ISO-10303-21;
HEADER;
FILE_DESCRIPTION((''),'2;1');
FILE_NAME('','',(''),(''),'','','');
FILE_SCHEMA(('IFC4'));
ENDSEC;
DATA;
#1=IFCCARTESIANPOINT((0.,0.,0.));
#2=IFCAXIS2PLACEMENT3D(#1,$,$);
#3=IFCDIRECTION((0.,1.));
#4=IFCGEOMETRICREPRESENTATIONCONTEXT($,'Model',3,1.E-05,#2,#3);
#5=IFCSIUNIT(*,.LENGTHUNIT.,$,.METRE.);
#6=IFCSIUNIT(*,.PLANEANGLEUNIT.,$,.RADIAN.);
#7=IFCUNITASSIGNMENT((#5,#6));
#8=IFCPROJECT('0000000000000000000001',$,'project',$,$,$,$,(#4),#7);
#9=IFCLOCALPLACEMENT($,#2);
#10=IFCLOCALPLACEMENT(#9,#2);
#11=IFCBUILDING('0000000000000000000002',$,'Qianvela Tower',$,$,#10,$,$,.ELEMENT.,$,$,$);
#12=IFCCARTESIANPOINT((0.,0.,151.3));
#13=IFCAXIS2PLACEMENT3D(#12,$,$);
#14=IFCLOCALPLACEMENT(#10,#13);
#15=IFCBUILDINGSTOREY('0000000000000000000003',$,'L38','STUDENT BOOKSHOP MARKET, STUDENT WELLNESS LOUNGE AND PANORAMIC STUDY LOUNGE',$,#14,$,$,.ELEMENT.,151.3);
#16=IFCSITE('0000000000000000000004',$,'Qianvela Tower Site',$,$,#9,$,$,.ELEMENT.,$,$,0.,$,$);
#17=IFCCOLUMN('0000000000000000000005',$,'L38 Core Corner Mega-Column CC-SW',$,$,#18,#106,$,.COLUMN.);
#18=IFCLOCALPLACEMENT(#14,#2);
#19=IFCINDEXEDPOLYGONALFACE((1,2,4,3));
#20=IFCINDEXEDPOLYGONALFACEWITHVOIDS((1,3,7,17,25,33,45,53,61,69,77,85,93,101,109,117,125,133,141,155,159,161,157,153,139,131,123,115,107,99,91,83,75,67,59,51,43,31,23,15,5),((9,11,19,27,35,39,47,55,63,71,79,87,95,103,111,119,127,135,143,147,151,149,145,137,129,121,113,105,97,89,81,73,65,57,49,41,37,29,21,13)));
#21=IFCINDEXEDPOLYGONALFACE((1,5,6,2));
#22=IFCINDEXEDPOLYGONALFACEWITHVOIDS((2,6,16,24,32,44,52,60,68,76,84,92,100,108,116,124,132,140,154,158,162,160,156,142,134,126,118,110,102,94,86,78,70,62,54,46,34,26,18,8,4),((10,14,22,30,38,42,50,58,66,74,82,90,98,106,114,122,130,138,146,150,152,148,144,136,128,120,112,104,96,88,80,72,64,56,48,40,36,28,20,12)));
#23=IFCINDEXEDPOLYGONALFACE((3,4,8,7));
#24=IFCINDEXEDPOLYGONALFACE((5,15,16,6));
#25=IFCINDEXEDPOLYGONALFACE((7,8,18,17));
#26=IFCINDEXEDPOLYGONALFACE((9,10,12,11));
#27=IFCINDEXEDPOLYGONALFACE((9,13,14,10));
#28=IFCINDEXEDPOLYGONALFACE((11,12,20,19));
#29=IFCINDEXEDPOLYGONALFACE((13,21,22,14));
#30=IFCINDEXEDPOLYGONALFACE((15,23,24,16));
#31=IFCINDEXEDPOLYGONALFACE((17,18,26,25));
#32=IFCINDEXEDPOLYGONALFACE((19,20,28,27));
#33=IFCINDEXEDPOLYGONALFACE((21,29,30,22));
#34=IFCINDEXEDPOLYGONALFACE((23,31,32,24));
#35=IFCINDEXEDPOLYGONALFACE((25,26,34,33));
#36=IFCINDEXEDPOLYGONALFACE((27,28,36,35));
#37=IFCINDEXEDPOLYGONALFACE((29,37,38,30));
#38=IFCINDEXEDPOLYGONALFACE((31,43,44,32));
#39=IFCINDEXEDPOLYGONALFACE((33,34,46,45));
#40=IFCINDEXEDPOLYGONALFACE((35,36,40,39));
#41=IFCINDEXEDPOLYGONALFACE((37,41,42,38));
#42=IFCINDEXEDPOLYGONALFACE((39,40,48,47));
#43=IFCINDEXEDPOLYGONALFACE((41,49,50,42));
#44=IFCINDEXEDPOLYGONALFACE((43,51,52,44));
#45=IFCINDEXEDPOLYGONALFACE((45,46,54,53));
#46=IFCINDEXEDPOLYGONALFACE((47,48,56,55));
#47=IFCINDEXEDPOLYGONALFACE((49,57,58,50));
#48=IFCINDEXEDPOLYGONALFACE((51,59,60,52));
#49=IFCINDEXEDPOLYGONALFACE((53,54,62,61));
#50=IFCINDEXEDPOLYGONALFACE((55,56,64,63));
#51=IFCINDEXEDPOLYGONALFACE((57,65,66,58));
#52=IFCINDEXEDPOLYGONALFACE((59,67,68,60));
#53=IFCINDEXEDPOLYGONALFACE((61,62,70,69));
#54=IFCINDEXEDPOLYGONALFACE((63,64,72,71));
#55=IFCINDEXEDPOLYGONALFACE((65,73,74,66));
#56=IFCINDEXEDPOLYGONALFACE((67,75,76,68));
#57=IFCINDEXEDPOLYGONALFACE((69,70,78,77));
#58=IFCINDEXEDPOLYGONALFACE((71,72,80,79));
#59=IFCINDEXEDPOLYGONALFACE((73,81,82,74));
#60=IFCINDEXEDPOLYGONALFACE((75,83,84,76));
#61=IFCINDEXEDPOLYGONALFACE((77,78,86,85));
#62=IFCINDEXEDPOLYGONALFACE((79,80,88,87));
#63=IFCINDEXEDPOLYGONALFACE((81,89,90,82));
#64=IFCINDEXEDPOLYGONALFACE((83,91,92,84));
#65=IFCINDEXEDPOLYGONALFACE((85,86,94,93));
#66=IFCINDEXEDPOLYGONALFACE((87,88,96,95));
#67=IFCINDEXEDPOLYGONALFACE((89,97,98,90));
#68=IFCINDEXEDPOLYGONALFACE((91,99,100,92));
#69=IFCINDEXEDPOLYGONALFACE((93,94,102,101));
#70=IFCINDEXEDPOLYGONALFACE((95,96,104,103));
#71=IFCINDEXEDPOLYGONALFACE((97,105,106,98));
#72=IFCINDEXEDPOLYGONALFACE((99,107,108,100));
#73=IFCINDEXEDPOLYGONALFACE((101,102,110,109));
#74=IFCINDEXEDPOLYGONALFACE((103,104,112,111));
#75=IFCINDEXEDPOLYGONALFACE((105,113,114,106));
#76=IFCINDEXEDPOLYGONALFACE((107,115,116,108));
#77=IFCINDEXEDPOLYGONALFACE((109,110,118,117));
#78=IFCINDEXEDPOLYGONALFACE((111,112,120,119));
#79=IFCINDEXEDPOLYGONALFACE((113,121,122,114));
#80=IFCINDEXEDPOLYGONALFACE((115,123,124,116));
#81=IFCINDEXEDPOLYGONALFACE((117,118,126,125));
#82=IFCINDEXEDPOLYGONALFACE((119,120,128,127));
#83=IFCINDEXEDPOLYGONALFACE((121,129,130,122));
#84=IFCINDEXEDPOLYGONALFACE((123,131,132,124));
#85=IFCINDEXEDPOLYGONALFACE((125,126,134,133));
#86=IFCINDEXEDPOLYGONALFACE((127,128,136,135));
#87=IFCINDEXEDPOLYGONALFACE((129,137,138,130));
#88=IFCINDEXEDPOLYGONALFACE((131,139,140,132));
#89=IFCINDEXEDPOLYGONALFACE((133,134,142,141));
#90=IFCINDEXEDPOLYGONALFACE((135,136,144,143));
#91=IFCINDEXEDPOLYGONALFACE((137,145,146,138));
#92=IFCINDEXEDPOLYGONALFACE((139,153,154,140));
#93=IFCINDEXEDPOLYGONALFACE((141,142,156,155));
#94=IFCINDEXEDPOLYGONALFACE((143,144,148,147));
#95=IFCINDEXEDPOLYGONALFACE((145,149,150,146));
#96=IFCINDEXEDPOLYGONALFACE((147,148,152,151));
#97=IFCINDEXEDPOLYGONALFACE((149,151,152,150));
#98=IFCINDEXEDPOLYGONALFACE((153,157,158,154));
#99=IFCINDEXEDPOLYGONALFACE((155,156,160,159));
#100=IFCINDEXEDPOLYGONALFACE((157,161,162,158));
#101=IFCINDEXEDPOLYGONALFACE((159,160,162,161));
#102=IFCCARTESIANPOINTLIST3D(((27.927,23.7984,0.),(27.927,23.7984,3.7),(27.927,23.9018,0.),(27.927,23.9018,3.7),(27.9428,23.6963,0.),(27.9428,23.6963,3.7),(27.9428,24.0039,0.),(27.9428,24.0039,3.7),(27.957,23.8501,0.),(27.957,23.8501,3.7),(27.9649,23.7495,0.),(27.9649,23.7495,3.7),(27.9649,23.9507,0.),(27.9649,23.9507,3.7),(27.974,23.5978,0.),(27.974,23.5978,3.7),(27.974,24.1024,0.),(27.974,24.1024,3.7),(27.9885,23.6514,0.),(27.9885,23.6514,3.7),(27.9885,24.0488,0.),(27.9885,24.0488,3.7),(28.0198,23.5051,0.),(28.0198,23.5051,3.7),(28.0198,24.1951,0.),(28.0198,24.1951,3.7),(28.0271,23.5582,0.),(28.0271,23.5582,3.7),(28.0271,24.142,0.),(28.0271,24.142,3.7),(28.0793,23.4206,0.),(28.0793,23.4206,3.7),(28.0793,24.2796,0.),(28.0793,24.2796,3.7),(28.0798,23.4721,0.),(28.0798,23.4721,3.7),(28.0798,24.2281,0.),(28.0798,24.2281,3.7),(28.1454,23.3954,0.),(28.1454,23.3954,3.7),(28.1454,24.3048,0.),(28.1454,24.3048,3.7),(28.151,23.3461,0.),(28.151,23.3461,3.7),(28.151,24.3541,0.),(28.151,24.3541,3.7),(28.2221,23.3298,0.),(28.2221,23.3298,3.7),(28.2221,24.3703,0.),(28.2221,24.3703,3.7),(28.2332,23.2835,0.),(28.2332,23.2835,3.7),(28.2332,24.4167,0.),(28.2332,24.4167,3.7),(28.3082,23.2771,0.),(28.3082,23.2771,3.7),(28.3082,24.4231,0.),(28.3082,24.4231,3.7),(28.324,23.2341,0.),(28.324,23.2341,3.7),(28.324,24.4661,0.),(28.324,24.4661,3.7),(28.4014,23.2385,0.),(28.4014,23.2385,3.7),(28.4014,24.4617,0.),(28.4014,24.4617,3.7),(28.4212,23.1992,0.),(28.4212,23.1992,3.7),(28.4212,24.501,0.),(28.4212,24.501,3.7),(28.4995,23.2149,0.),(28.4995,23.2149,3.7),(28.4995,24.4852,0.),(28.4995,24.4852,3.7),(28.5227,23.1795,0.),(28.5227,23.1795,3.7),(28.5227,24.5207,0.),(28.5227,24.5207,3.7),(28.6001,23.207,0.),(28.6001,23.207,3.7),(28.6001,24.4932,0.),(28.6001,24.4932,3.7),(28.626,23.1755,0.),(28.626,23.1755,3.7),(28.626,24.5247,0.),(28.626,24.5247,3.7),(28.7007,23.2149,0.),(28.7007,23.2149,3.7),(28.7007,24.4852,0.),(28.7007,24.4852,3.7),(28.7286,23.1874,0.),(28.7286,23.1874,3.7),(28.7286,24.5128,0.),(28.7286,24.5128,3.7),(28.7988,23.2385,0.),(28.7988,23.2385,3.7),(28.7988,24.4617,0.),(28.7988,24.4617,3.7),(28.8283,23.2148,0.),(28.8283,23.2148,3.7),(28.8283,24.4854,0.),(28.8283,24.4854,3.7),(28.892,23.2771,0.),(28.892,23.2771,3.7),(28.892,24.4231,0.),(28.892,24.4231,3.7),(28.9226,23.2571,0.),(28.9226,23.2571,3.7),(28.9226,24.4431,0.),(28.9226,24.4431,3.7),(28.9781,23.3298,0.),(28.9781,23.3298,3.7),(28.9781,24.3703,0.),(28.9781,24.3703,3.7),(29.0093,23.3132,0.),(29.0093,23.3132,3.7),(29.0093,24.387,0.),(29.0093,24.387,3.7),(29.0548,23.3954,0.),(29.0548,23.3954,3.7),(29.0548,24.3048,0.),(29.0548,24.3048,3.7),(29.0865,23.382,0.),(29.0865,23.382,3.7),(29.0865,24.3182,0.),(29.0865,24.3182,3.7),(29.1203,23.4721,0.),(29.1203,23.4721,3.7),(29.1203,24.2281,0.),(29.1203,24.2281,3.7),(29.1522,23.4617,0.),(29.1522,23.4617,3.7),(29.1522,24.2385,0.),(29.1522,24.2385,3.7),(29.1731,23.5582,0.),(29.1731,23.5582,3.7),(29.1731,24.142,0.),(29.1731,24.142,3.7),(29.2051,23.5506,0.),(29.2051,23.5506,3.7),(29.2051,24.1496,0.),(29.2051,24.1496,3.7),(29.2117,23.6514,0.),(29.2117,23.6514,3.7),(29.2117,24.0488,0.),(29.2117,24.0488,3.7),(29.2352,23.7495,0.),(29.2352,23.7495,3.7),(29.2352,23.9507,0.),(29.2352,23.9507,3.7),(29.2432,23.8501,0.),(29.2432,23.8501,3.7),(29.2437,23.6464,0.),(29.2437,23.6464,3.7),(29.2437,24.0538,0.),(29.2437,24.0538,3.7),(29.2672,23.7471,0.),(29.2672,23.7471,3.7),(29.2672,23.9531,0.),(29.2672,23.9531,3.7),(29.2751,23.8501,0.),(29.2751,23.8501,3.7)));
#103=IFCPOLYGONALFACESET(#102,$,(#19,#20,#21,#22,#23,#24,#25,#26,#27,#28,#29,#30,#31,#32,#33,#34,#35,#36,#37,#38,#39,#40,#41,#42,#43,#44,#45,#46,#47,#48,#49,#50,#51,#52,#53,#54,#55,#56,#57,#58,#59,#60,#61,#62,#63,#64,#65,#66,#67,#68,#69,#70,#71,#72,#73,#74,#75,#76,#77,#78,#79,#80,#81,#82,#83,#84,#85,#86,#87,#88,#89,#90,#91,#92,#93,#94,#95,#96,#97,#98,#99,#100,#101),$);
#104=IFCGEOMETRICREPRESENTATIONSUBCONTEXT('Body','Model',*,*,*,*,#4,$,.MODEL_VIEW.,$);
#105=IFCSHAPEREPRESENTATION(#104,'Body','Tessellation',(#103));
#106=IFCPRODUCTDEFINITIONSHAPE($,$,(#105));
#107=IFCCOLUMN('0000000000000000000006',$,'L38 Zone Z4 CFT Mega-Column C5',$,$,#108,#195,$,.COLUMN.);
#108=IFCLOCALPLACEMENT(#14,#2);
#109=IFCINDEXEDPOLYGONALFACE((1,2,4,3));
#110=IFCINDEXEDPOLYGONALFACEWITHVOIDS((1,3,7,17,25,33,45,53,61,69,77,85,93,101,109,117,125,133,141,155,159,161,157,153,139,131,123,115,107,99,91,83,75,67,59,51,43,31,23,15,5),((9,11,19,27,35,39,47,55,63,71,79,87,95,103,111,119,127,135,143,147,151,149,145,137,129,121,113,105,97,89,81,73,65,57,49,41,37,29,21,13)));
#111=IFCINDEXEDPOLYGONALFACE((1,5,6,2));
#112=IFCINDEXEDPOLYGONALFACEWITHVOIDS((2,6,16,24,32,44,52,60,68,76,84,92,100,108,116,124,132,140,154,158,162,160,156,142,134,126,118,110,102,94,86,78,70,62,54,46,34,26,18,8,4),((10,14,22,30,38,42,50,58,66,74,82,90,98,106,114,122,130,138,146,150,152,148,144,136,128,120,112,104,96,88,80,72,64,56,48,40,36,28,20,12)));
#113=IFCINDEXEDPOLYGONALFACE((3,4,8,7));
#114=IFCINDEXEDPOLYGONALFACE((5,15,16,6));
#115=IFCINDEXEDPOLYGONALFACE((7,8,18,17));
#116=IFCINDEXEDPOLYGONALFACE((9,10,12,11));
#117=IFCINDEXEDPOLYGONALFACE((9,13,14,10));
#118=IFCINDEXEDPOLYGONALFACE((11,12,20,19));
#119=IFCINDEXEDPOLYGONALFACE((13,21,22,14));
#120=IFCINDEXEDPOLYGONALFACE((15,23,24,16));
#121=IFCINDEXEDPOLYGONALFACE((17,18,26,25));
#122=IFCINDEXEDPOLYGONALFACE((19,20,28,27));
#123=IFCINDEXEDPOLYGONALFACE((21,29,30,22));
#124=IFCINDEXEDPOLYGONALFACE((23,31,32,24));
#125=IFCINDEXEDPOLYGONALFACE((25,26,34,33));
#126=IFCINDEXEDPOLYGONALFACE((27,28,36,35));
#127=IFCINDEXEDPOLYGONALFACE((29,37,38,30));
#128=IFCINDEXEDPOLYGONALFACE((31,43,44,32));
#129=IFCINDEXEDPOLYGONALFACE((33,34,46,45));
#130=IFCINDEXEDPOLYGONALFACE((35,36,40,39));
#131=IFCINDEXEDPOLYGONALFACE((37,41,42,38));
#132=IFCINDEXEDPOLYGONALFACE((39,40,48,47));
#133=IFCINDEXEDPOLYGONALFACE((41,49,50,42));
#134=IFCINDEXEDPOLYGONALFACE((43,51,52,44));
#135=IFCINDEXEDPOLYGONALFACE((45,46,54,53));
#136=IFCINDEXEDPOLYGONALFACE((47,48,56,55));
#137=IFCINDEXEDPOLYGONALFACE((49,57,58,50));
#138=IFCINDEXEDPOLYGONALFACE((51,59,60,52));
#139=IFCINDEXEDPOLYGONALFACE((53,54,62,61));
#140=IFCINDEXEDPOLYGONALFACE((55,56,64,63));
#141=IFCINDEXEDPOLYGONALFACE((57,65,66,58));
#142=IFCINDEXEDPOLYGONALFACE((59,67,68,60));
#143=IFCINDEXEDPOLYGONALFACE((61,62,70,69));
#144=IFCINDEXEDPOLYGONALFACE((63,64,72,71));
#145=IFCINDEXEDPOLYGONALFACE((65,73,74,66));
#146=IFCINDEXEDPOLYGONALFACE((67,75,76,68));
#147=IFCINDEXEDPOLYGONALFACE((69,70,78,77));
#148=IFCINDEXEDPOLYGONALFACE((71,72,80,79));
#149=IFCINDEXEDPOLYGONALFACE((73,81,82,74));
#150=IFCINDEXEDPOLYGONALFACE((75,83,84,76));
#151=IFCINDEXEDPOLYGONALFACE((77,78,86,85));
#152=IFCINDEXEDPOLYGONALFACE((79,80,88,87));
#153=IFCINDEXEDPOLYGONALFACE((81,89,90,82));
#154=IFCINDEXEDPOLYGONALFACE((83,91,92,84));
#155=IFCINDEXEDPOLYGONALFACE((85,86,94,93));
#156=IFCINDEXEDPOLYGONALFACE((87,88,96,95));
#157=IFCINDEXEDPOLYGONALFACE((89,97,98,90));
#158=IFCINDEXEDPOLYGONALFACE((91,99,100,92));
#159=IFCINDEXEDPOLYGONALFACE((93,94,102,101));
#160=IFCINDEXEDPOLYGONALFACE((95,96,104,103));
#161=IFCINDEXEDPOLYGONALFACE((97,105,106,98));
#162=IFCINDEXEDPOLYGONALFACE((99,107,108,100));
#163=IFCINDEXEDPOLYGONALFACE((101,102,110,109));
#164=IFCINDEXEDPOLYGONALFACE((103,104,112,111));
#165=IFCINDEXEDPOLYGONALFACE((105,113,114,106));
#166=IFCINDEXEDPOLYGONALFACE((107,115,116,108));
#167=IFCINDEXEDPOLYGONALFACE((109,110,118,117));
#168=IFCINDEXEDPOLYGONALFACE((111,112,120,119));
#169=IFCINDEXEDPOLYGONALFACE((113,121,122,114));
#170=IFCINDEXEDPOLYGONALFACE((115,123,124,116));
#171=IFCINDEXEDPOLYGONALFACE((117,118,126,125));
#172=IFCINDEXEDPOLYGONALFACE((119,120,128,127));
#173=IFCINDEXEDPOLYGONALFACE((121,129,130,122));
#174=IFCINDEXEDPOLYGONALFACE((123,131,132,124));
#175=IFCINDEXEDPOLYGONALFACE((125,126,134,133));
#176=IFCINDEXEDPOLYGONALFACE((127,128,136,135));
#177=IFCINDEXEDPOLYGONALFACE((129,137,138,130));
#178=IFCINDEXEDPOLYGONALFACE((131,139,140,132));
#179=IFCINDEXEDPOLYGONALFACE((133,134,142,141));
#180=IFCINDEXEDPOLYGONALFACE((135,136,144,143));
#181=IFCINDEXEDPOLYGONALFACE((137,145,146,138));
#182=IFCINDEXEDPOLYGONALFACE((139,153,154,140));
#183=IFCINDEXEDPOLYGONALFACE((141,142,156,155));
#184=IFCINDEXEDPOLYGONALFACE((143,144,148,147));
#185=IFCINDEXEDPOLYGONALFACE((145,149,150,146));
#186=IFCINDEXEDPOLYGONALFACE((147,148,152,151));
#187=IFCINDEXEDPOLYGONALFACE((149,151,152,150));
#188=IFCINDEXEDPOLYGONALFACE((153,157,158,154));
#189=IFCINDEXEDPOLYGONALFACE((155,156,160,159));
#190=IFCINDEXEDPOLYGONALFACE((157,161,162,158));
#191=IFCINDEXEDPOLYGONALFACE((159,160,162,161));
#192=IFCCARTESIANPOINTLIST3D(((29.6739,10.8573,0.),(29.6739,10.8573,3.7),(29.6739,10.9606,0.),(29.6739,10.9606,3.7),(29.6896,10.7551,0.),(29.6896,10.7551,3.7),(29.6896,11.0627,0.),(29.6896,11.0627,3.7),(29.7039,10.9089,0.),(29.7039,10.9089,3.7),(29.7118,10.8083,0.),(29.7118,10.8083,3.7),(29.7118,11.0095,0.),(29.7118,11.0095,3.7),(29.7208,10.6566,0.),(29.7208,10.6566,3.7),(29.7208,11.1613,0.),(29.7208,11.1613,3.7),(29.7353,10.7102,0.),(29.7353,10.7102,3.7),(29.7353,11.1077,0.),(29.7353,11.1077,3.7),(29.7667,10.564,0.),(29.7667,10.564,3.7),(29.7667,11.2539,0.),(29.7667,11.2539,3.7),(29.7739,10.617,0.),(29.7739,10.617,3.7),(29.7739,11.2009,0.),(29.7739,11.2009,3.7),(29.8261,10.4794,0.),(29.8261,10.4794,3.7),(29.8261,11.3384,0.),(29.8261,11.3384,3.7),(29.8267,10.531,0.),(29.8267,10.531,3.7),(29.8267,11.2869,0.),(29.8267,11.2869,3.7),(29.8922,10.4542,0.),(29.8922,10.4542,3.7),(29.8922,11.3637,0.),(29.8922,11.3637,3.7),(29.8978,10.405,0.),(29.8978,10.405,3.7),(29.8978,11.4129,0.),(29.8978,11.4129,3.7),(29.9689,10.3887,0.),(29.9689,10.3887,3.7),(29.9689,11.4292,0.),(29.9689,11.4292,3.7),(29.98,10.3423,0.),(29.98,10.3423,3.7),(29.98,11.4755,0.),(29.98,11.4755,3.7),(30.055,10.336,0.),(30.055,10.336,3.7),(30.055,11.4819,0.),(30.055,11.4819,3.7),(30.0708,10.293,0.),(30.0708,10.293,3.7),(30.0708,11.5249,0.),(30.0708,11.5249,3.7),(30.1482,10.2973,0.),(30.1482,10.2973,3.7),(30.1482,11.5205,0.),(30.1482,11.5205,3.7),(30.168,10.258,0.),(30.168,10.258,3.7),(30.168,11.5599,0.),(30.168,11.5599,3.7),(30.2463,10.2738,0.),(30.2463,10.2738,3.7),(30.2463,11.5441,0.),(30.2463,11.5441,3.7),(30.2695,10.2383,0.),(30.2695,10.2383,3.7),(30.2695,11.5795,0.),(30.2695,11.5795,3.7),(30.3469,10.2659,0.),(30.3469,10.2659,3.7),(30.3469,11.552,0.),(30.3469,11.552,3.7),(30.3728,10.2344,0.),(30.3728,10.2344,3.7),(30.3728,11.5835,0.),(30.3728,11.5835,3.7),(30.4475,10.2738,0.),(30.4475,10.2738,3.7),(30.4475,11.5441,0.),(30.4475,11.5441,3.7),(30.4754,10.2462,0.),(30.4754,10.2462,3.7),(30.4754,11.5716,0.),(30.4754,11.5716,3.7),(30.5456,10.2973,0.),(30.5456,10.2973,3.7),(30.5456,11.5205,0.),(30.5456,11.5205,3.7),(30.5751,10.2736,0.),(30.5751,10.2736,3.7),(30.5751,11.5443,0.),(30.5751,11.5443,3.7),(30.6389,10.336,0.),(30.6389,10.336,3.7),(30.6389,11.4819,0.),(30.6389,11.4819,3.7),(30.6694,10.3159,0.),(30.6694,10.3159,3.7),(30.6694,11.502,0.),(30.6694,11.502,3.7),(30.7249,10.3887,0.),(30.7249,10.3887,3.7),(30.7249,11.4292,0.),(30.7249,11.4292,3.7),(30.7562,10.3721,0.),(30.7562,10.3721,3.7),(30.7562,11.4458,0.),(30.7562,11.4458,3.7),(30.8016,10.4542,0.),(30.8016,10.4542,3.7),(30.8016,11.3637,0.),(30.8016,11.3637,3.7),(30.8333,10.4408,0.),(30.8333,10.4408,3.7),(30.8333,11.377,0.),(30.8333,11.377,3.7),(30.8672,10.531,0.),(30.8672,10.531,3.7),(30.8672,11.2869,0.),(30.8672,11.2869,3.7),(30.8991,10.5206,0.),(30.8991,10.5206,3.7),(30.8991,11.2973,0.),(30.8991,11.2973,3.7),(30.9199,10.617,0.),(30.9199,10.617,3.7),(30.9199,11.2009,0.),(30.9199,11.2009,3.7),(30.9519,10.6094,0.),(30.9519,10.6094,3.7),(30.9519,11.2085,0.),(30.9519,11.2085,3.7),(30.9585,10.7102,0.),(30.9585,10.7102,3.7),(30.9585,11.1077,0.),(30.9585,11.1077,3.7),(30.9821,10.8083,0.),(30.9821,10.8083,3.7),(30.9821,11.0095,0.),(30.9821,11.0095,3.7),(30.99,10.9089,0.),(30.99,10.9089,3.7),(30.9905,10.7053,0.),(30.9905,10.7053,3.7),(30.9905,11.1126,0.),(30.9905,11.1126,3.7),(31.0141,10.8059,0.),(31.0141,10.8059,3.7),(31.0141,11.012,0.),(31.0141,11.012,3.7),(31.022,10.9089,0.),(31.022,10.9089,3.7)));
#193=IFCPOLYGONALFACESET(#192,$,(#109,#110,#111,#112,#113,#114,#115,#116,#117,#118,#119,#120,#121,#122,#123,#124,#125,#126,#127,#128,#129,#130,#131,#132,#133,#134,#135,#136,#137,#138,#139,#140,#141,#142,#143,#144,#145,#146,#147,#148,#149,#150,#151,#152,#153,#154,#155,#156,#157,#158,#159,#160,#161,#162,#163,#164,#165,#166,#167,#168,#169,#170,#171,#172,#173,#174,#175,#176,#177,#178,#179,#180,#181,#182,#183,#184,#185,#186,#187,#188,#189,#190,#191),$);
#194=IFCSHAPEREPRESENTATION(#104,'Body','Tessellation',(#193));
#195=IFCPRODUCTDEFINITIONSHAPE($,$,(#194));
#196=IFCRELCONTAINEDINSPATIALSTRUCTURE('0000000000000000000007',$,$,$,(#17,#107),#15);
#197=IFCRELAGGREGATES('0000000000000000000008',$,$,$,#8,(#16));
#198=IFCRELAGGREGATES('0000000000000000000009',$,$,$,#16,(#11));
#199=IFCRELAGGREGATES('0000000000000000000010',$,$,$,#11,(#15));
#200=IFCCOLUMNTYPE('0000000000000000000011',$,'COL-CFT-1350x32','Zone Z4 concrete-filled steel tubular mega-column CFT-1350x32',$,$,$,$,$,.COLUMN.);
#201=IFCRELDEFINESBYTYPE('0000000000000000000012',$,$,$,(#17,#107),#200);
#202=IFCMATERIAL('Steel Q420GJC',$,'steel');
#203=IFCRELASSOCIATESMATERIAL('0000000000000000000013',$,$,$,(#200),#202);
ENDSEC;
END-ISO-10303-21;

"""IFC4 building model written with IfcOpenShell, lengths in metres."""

from ifc_helpers import new_model, si_unit, direction, frame, origin, origin_2d, place, context, subcontext, project, spatial, hollow_circle, extrude, material, material_profile, profile_set, type_object, element, save


model = new_model("IFC4")

# Units and contexts
model_context = context("Model", 3, precision=1e-05, world=origin(), true_north=direction((0.0, 1.0)))
body_context = subcontext(model_context, "Body", "Model", "MODEL_VIEW")
ifc_project = project(units=[si_unit("LENGTHUNIT", "METRE"), si_unit("PLANEANGLEUNIT", "RADIAN")], contexts=[model_context])

# Site, building, storey
site_placement = place(None, origin())
site = spatial("IfcSite", under=ifc_project, at=site_placement, Name="Qianvela Tower Site", CompositionType="ELEMENT", RefElevation=0.0)
building_placement = place(site_placement, origin())
building = spatial("IfcBuilding", under=site, at=building_placement, Name="Qianvela Tower", CompositionType="ELEMENT")
storey_placement = place(building_placement, frame((0.0, 0.0, 151.3)))
storey = spatial("IfcBuildingStorey", under=building, at=storey_placement, Name="L38", Description="STUDENT BOOKSHOP MARKET, STUDENT WELLNESS LOUNGE AND PANORAMIC STUDY LOUNGE", CompositionType="ELEMENT", Elevation=151.3)

# Columns
ifc_material_1 = material(Name="Steel Q420GJC", Category="steel")
ifc_material_profile_1 = material_profile(ifc_material_1, hollow_circle(Radius=0.675, WallThickness=0.032, at=origin_2d()), Name="CFT-1350x32")
ifc_profile_set_1 = profile_set([ifc_material_profile_1], Name="Steel Q420GJC")
column_type = type_object("IfcColumnType", Name="COL-CFT-1350x32", Description="Zone Z4 concrete-filled steel tubular mega-column CFT-1350x32", PredefinedType="COLUMN", material=ifc_profile_set_1)
for number, where, z_axis, x_axis, name in (
    (1, (28.6001, 23.8501, 0.0), (0.0, 0.0, 1.0), (1.0, 0.0, 0.0), "L38 Core Corner Mega-Column CC-SW"),
    (2, (30.3469, 10.9089, 0.0), (0.0, 0.0, 1.0), (1.0, 0.0, 0.0), "L38 Zone Z4 CFT Mega-Column C5"),
):
    element("IfcColumn", number, at=place(storey_placement, frame(where, z_axis=z_axis, x_axis=x_axis)), inside=storey, type_object=column_type, Name=name, PredefinedType="COLUMN", context=body_context, shape_type="SweptSolid", body=[
        extrude(hollow_circle(Radius=0.675, WallThickness=0.032, at=origin_2d()), origin(), (0.0, 0.0, 1.0), 3.7),
    ])

save(model, "model.ifc")
